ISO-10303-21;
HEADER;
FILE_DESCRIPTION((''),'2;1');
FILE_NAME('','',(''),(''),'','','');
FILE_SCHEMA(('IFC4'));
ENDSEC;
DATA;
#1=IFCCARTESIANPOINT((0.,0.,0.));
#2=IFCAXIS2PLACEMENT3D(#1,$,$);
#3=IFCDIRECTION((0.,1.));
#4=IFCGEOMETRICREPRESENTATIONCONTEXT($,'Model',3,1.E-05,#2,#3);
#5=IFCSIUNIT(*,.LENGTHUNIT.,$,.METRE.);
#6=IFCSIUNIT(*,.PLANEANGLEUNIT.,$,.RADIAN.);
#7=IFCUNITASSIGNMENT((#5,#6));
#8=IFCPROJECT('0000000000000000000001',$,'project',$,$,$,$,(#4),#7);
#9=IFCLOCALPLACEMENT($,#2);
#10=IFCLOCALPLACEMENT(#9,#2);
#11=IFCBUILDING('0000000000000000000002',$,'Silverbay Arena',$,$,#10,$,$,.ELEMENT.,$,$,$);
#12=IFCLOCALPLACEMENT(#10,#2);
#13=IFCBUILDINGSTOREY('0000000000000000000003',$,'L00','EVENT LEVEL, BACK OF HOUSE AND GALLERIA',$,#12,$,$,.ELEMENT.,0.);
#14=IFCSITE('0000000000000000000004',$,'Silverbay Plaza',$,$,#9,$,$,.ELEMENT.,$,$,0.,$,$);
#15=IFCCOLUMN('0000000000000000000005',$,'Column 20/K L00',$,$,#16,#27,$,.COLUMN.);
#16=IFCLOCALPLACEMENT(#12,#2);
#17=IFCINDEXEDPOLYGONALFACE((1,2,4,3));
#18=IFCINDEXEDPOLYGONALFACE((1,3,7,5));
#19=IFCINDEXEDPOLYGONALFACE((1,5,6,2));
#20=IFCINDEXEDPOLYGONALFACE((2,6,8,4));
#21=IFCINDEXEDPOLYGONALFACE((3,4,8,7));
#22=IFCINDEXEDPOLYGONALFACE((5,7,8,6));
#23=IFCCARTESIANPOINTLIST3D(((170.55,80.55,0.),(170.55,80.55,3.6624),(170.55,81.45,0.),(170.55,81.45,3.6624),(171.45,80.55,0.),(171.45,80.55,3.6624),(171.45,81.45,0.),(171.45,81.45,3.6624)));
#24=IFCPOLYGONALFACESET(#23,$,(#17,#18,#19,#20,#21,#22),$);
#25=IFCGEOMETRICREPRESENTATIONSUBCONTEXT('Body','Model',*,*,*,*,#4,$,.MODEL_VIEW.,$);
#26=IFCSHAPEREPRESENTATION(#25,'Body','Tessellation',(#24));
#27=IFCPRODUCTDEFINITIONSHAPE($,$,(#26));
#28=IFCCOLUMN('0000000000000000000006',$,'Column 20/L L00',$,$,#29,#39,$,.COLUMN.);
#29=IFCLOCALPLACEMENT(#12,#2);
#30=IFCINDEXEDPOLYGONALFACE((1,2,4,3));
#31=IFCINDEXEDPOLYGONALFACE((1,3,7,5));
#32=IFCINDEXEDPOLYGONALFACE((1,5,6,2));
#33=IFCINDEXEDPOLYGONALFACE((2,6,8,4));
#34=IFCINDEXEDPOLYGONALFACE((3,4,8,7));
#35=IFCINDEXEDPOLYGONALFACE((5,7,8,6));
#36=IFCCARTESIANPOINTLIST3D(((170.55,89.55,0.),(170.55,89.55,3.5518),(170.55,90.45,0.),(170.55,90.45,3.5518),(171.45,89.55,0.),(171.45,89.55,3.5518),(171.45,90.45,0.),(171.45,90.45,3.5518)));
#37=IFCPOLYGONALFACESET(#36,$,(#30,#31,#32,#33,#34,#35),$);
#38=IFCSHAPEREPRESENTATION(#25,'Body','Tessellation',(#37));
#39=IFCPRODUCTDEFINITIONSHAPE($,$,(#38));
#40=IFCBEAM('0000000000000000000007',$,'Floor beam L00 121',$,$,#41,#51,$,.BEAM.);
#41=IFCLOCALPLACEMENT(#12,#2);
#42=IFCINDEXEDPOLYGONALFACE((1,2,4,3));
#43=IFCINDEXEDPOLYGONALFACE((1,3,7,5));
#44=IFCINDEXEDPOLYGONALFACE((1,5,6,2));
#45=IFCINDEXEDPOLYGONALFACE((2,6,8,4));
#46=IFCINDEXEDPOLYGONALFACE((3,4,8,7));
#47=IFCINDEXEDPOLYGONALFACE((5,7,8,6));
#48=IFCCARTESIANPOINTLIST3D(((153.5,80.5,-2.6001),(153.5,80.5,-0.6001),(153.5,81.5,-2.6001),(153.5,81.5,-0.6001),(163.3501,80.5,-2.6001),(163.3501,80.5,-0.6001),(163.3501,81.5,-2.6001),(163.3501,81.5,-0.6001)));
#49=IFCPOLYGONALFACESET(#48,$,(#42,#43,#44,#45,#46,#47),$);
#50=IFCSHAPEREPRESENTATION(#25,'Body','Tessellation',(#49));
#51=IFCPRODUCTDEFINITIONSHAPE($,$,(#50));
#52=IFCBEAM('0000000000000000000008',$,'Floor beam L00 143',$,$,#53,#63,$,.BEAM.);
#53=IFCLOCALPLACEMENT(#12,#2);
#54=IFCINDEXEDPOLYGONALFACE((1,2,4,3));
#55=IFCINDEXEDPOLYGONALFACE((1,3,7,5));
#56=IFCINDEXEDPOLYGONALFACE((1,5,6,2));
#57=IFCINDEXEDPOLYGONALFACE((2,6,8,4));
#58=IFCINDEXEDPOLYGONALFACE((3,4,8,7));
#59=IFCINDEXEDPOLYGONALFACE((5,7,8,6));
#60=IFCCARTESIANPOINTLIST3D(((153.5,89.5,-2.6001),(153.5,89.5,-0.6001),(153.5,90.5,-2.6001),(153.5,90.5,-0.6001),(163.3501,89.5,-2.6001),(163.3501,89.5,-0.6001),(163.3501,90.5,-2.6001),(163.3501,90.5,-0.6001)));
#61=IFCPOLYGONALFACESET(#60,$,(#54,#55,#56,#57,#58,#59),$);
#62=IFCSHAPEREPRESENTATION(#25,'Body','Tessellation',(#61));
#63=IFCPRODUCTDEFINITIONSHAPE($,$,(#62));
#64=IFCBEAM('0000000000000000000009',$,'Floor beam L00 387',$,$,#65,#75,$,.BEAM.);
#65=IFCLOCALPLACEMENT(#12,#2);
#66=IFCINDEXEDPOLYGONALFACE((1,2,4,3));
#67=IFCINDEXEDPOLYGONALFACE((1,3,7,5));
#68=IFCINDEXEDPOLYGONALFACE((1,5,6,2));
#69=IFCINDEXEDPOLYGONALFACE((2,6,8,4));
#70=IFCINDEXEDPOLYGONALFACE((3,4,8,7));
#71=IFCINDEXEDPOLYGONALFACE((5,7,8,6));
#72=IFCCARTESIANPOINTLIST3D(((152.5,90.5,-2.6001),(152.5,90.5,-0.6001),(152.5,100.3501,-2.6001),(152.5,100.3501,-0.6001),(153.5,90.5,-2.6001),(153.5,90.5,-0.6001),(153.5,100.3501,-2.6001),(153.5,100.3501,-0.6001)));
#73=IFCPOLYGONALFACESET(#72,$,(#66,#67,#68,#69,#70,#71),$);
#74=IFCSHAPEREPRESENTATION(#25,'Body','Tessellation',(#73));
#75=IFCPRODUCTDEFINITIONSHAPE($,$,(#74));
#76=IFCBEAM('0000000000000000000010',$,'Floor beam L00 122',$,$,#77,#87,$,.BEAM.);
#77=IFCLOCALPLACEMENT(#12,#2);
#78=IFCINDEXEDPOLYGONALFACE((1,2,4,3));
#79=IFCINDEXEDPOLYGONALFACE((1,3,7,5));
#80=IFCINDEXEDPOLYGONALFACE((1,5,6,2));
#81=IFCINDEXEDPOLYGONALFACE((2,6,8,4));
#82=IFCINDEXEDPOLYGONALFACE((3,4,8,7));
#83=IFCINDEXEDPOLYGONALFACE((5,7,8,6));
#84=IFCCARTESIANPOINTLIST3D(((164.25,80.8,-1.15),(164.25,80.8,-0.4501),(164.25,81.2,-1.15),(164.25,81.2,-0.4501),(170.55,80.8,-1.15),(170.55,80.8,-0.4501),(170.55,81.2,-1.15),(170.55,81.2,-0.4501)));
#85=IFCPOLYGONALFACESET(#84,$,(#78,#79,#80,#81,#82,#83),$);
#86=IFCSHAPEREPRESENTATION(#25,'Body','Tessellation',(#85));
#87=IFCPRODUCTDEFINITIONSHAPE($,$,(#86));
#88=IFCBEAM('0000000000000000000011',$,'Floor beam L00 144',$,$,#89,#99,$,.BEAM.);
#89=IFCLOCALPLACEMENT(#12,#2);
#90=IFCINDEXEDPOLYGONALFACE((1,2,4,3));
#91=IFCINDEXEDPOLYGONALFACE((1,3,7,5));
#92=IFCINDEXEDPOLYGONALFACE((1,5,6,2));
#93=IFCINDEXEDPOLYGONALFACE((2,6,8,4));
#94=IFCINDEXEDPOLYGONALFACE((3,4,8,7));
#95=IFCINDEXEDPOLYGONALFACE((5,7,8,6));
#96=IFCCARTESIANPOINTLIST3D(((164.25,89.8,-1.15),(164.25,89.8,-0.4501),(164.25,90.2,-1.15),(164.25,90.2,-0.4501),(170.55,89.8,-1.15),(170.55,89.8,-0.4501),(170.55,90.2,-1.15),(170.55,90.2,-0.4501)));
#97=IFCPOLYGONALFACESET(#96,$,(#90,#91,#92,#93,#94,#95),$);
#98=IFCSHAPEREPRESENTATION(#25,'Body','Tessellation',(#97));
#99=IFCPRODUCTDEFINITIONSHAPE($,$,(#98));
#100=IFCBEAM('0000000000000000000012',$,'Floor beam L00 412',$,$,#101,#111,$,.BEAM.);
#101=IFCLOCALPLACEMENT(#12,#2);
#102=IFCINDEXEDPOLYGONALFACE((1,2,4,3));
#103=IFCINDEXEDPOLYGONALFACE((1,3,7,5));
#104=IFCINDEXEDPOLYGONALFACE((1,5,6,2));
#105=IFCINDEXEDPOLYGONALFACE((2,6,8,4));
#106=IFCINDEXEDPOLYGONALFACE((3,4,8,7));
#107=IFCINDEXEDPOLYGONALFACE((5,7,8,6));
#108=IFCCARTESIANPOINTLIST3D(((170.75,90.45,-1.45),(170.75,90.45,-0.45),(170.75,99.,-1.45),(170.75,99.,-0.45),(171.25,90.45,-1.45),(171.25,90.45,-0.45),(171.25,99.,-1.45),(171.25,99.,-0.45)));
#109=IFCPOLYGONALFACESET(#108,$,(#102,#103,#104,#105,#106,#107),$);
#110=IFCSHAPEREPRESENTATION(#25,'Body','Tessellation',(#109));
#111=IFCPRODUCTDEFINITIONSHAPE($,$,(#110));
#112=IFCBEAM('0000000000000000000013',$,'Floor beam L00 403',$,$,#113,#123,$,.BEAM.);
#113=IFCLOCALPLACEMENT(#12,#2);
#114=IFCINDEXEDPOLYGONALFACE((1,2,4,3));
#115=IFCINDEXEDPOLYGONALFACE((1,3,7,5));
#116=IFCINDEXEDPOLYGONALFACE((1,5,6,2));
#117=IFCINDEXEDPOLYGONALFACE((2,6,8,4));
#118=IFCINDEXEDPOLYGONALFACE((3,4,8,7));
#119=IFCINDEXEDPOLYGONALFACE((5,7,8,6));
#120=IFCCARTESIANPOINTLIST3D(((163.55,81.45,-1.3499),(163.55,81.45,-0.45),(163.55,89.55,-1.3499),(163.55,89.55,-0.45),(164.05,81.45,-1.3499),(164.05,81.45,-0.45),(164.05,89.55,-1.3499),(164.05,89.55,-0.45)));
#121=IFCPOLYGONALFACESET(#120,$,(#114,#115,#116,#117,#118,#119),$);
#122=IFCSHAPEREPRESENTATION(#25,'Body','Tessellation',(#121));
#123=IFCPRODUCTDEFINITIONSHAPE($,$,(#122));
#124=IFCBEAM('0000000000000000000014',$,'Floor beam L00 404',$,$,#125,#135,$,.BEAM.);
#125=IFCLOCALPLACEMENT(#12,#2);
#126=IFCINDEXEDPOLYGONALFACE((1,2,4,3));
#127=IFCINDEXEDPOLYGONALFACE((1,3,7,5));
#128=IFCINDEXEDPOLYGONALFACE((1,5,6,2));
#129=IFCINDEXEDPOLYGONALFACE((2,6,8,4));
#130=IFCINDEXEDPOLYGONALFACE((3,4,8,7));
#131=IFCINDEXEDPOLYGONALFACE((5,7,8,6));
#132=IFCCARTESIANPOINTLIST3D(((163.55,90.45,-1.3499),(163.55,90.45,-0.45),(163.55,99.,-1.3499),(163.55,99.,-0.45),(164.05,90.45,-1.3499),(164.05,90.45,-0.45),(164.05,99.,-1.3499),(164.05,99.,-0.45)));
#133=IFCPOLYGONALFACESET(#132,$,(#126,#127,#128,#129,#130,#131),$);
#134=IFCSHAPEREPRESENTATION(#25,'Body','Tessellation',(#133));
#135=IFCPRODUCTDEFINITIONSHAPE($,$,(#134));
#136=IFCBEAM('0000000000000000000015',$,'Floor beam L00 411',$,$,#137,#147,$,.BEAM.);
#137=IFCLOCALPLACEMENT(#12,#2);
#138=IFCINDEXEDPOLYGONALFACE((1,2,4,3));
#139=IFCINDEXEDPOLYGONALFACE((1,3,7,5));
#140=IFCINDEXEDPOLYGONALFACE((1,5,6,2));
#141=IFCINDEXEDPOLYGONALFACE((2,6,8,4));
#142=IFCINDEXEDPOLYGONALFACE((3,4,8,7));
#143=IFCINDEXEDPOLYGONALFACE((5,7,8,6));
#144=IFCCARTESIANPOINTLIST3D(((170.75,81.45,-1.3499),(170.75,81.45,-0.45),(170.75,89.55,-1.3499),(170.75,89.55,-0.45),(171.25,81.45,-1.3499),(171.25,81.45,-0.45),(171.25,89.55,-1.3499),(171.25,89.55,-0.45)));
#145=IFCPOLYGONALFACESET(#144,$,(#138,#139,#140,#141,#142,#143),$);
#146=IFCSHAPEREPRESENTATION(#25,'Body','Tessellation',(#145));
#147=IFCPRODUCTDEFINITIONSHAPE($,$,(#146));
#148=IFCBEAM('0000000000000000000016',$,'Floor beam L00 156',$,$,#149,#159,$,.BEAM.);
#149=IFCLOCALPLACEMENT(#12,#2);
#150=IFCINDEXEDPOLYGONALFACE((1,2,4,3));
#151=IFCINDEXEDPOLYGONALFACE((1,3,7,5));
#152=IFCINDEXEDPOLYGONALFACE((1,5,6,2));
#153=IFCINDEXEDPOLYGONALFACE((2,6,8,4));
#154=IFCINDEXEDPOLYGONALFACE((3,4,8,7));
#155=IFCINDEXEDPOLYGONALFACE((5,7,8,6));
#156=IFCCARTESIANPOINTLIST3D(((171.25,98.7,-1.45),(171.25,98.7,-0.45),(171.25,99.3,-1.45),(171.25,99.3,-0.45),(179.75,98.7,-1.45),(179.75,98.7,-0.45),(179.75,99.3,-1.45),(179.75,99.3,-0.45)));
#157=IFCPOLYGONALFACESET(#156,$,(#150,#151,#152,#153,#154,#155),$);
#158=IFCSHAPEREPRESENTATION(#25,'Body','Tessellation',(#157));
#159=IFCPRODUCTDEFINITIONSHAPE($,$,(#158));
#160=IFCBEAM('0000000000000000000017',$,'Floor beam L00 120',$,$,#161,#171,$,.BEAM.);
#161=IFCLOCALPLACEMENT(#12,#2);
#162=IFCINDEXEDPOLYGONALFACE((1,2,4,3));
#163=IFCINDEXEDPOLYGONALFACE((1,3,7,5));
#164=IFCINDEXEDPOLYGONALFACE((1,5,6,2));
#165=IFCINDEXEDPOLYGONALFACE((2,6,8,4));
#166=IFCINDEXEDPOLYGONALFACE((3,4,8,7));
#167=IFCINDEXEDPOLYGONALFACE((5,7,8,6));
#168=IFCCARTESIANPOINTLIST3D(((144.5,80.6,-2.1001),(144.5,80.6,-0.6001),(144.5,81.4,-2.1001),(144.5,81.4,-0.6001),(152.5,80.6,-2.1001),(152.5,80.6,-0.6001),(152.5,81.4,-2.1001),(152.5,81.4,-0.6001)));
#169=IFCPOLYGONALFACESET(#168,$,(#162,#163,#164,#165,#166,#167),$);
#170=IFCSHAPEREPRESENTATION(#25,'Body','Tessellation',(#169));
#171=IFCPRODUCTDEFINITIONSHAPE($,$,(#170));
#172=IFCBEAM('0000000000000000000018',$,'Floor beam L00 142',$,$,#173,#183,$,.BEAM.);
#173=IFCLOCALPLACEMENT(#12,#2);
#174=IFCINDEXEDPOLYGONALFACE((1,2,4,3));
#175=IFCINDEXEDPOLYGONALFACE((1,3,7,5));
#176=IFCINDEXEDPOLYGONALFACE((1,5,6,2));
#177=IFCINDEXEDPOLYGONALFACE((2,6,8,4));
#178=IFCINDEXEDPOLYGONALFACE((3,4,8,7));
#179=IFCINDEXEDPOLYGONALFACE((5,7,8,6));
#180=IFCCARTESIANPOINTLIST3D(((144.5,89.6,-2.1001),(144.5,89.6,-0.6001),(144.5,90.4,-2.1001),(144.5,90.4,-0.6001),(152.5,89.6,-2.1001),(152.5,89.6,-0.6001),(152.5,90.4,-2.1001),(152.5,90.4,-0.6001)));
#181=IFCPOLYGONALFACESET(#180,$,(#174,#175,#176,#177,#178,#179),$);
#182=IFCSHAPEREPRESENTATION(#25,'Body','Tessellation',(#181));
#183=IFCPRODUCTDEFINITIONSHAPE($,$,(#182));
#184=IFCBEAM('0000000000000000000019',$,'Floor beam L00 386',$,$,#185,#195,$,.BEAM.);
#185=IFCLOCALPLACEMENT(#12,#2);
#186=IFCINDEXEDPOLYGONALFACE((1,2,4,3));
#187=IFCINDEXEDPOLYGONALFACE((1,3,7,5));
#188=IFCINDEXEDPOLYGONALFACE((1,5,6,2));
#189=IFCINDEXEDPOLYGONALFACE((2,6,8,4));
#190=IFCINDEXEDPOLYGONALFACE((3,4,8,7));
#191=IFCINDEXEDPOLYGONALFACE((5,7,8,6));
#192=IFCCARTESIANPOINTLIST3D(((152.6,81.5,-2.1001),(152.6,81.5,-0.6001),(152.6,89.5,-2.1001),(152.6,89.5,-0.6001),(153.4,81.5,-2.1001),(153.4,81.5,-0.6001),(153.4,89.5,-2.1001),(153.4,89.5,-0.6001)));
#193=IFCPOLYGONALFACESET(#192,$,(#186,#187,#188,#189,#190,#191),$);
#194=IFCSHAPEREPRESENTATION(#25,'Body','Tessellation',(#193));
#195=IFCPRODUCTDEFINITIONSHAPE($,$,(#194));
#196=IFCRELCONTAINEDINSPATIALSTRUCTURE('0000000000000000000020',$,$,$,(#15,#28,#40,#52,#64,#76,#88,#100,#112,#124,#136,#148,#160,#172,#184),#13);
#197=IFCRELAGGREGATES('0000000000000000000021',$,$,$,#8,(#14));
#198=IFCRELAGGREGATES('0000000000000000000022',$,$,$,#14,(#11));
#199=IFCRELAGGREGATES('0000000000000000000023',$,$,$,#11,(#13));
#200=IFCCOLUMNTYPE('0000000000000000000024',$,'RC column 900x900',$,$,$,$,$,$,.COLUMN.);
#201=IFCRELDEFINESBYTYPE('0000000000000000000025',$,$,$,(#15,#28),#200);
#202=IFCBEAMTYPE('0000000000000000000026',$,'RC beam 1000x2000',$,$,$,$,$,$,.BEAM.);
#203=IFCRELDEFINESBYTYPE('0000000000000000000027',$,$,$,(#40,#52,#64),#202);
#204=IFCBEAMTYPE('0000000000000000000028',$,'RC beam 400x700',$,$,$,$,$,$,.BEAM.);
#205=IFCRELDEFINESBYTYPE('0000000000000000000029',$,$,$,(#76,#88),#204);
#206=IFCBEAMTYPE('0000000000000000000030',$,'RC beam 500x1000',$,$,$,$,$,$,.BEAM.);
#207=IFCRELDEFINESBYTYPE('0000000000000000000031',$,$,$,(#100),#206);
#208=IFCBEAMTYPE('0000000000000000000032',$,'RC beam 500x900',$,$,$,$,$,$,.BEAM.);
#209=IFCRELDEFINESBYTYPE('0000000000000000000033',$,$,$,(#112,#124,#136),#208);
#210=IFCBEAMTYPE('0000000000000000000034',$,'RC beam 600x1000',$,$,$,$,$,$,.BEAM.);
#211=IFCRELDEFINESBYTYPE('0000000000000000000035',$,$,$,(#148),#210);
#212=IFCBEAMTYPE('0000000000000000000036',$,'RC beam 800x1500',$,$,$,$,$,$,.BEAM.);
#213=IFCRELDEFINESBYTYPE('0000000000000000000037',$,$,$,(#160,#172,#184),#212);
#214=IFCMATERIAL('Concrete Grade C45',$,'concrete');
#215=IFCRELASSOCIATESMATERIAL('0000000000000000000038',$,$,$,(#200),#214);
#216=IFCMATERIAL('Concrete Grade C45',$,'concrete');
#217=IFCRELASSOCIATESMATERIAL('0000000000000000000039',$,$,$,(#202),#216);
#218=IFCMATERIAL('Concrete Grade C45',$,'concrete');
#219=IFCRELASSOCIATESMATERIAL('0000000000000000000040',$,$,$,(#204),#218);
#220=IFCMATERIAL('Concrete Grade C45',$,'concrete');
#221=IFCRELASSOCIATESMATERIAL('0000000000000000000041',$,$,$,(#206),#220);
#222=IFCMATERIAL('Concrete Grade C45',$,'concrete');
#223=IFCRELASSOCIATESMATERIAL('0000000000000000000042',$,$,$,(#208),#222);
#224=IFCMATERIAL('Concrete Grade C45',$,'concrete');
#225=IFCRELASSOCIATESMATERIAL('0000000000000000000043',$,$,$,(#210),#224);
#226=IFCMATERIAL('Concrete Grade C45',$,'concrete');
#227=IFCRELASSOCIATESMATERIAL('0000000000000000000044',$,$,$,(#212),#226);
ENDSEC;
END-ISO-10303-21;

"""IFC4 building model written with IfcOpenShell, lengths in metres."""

from ifc_helpers import new_model, si_unit, direction, frame, origin, origin_2d, place, context, subcontext, project, spatial, rectangle, extrude, material, material_profile, profile_set, type_object, element, save


model = new_model("IFC4")

# Units and contexts
model_context = context("Model", 3, precision=1e-05, world=origin(), true_north=direction((0.0, 1.0)))
body_context = subcontext(model_context, "Body", "Model", "MODEL_VIEW")
ifc_project = project(units=[si_unit("LENGTHUNIT", "METRE"), si_unit("PLANEANGLEUNIT", "RADIAN")], contexts=[model_context])

# Site, building, storey
site_placement = place(None, origin())
site = spatial("IfcSite", under=ifc_project, at=site_placement, Name="Silverbay Plaza", CompositionType="ELEMENT", RefElevation=0.0)
building_placement = place(site_placement, origin())
building = spatial("IfcBuilding", under=site, at=building_placement, Name="Silverbay Arena", CompositionType="ELEMENT")
storey_placement = place(building_placement, origin())
storey = spatial("IfcBuildingStorey", under=building, at=storey_placement, Name="L00", Description="EVENT LEVEL, BACK OF HOUSE AND GALLERIA", CompositionType="ELEMENT", Elevation=0.0)

# Columns
ifc_material_1 = material(Name="Concrete Grade C45", Category="concrete")
ifc_material_profile_1 = material_profile(ifc_material_1, rectangle(XDim=0.8999, YDim=0.8999, at=origin_2d()), Name="RC 900x900")
ifc_profile_set_1 = profile_set([ifc_material_profile_1], Name="Concrete Grade C45")
column_type = type_object("IfcColumnType", Name="RC column 900x900", PredefinedType="COLUMN", material=ifc_profile_set_1)
column_1_placement = place(storey_placement, frame((171.0, 81.0, 0.0), z_axis=(0.0, 0.0, 1.0), x_axis=(1.0, 0.0, 0.0)))
element("IfcColumn", 1, at=column_1_placement, inside=storey, type_object=column_type, Name="Column 20/K L00", PredefinedType="COLUMN", context=body_context, shape_type="SweptSolid", body=[
    extrude(rectangle(XDim=0.8999, YDim=0.8999, at=origin_2d()), origin(), (0.0, 0.0, 1.0), 3.6624),
])
column_2_placement = place(storey_placement, frame((171.0, 90.0, 0.0), z_axis=(0.0, 0.0, 1.0), x_axis=(1.0, 0.0, 0.0)))
element("IfcColumn", 2, at=column_2_placement, inside=storey, type_object=column_type, Name="Column 20/L L00", PredefinedType="COLUMN", context=body_context, shape_type="SweptSolid", body=[
    extrude(rectangle(XDim=0.8999, YDim=0.8999, at=origin_2d()), origin(), (0.0, 0.0, 1.0), 3.5518),
])

# Beams
ifc_material_2 = material(Name="Concrete Grade C45", Category="concrete")
ifc_material_profile_2 = material_profile(ifc_material_2, rectangle(XDim=1.0, YDim=2.0, at=origin_2d()), Name="RC 1000x2000")
ifc_profile_set_2 = profile_set([ifc_material_profile_2], Name="Concrete Grade C45")
beam_type_1 = type_object("IfcBeamType", Name="RC beam 1000x2000", PredefinedType="BEAM", material=ifc_profile_set_2)
for number, where, z_axis, x_axis, name in (
    (3, (153.5, 81.0, -1.6001), (1.0, 0.0, 0.0), (0.0, 1.0, 0.0), "Floor beam L00 121"),
    (4, (153.5, 90.0, -1.6001), (1.0, 0.0, 0.0), (0.0, 1.0, 0.0), "Floor beam L00 143"),
    (5, (153.0, 90.5, -1.6001), (0.0, 1.0, 0.0), (-1.0, 0.0, 0.0), "Floor beam L00 387"),
):
    element("IfcBeam", number, at=place(storey_placement, frame(where, z_axis=z_axis, x_axis=x_axis)), inside=storey, type_object=beam_type_1, Name=name, PredefinedType="BEAM", context=body_context, shape_type="SweptSolid", body=[
        extrude(rectangle(XDim=1.0, YDim=2.0, at=origin_2d()), origin(), (0.0, 0.0, 1.0), 9.8501),
    ])
ifc_material_3 = material(Name="Concrete Grade C45", Category="concrete")
ifc_material_profile_3 = material_profile(ifc_material_3, rectangle(XDim=0.3999, YDim=0.7, at=origin_2d()), Name="RC 400x700")
ifc_profile_set_3 = profile_set([ifc_material_profile_3], Name="Concrete Grade C45")
beam_type_2 = type_object("IfcBeamType", Name="RC beam 400x700", PredefinedType="BEAM", material=ifc_profile_set_3)
for number, where, z_axis, x_axis, name in (
    (6, (164.25, 81.0, -0.8), (1.0, 0.0, 0.0), (0.0, 1.0, 0.0), "Floor beam L00 122"),
    (7, (164.25, 90.0, -0.8), (1.0, 0.0, 0.0), (0.0, 1.0, 0.0), "Floor beam L00 144"),
):
    element("IfcBeam", number, at=place(storey_placement, frame(where, z_axis=z_axis, x_axis=x_axis)), inside=storey, type_object=beam_type_2, Name=name, PredefinedType="BEAM", context=body_context, shape_type="SweptSolid", body=[
        extrude(rectangle(XDim=0.3999, YDim=0.7, at=origin_2d()), origin(), (0.0, 0.0, 1.0), 6.3),
    ])
ifc_material_4 = material(Name="Concrete Grade C45", Category="concrete")
ifc_material_profile_4 = material_profile(ifc_material_4, rectangle(XDim=0.5, YDim=1.0, at=origin_2d()), Name="RC 500x1000")
ifc_profile_set_4 = profile_set([ifc_material_profile_4], Name="Concrete Grade C45")
beam_type_3 = type_object("IfcBeamType", Name="RC beam 500x1000", PredefinedType="BEAM", material=ifc_profile_set_4)
beam_1_placement = place(storey_placement, frame((171.0, 90.45, -0.95), z_axis=(0.0, 1.0, 0.0), x_axis=(-1.0, 0.0, 0.0)))
element("IfcBeam", 8, at=beam_1_placement, inside=storey, type_object=beam_type_3, Name="Floor beam L00 412", PredefinedType="BEAM", context=body_context, shape_type="SweptSolid", body=[
    extrude(rectangle(XDim=0.5, YDim=1.0, at=origin_2d()), origin(), (0.0, 0.0, 1.0), 8.55),
])
ifc_material_5 = material(Name="Concrete Grade C45", Category="concrete")
ifc_material_profile_5 = material_profile(ifc_material_5, rectangle(XDim=0.5, YDim=0.8999, at=origin_2d()), Name="RC 500x900")
ifc_profile_set_5 = profile_set([ifc_material_profile_5], Name="Concrete Grade C45")
beam_type_4 = type_object("IfcBeamType", Name="RC beam 500x900", PredefinedType="BEAM", material=ifc_profile_set_5)
beam_2_placement = place(storey_placement, frame((163.8, 81.45, -0.8999), z_axis=(0.0, 1.0, 0.0), x_axis=(-1.0, 0.0, 0.0)))
element("IfcBeam", 9, at=beam_2_placement, inside=storey, type_object=beam_type_4, Name="Floor beam L00 403", PredefinedType="BEAM", context=body_context, shape_type="SweptSolid", body=[
    extrude(rectangle(XDim=0.5, YDim=0.8999, at=origin_2d()), origin(), (0.0, 0.0, 1.0), 8.1001),
])
beam_3_placement = place(storey_placement, frame((163.8, 90.45, -0.8999), z_axis=(0.0, 1.0, 0.0), x_axis=(-1.0, 0.0, 0.0)))
element("IfcBeam", 10, at=beam_3_placement, inside=storey, type_object=beam_type_4, Name="Floor beam L00 404", PredefinedType="BEAM", context=body_context, shape_type="SweptSolid", body=[
    extrude(rectangle(XDim=0.5, YDim=0.8999, at=origin_2d()), origin(), (0.0, 0.0, 1.0), 8.55),
])
beam_4_placement = place(storey_placement, frame((171.0, 81.45, -0.8999), z_axis=(0.0, 1.0, 0.0), x_axis=(-1.0, 0.0, 0.0)))
element("IfcBeam", 11, at=beam_4_placement, inside=storey, type_object=beam_type_4, Name="Floor beam L00 411", PredefinedType="BEAM", context=body_context, shape_type="SweptSolid", body=[
    extrude(rectangle(XDim=0.5, YDim=0.8999, at=origin_2d()), origin(), (0.0, 0.0, 1.0), 8.1001),
])
ifc_material_6 = material(Name="Concrete Grade C45", Category="concrete")
ifc_material_profile_6 = material_profile(ifc_material_6, rectangle(XDim=0.6001, YDim=1.0, at=origin_2d()), Name="RC 600x1000")
ifc_profile_set_6 = profile_set([ifc_material_profile_6], Name="Concrete Grade C45")
beam_type_5 = type_object("IfcBeamType", Name="RC beam 600x1000", PredefinedType="BEAM", material=ifc_profile_set_6)
beam_5_placement = place(storey_placement, frame((171.25, 99.0, -0.95), z_axis=(1.0, 0.0, 0.0), x_axis=(0.0, 1.0, 0.0)))
element("IfcBeam", 12, at=beam_5_placement, inside=storey, type_object=beam_type_5, Name="Floor beam L00 156", PredefinedType="BEAM", context=body_context, shape_type="SweptSolid", body=[
    extrude(rectangle(XDim=0.6001, YDim=1.0, at=origin_2d()), origin(), (0.0, 0.0, 1.0), 8.5),
])
ifc_material_7 = material(Name="Concrete Grade C45", Category="concrete")
ifc_material_profile_7 = material_profile(ifc_material_7, rectangle(XDim=0.8, YDim=1.5, at=origin_2d()), Name="RC 800x1500")
ifc_profile_set_7 = profile_set([ifc_material_profile_7], Name="Concrete Grade C45")
beam_type_6 = type_object("IfcBeamType", Name="RC beam 800x1500", PredefinedType="BEAM", material=ifc_profile_set_7)
for number, where, z_axis, x_axis, name in (
    (13, (144.5, 81.0, -1.3501), (1.0, 0.0, 0.0), (0.0, 1.0, 0.0), "Floor beam L00 120"),
    (14, (144.5, 90.0, -1.3501), (1.0, 0.0, 0.0), (0.0, 1.0, 0.0), "Floor beam L00 142"),
    (15, (153.0, 81.5, -1.3501), (0.0, 1.0, 0.0), (-1.0, 0.0, 0.0), "Floor beam L00 386"),
):
    element("IfcBeam", number, at=place(storey_placement, frame(where, z_axis=z_axis, x_axis=x_axis)), inside=storey, type_object=beam_type_6, Name=name, PredefinedType="BEAM", context=body_context, shape_type="SweptSolid", body=[
        extrude(rectangle(XDim=0.8, YDim=1.5, at=origin_2d()), origin(), (0.0, 0.0, 1.0), 8.0),
    ])

save(model, "model.ifc")
